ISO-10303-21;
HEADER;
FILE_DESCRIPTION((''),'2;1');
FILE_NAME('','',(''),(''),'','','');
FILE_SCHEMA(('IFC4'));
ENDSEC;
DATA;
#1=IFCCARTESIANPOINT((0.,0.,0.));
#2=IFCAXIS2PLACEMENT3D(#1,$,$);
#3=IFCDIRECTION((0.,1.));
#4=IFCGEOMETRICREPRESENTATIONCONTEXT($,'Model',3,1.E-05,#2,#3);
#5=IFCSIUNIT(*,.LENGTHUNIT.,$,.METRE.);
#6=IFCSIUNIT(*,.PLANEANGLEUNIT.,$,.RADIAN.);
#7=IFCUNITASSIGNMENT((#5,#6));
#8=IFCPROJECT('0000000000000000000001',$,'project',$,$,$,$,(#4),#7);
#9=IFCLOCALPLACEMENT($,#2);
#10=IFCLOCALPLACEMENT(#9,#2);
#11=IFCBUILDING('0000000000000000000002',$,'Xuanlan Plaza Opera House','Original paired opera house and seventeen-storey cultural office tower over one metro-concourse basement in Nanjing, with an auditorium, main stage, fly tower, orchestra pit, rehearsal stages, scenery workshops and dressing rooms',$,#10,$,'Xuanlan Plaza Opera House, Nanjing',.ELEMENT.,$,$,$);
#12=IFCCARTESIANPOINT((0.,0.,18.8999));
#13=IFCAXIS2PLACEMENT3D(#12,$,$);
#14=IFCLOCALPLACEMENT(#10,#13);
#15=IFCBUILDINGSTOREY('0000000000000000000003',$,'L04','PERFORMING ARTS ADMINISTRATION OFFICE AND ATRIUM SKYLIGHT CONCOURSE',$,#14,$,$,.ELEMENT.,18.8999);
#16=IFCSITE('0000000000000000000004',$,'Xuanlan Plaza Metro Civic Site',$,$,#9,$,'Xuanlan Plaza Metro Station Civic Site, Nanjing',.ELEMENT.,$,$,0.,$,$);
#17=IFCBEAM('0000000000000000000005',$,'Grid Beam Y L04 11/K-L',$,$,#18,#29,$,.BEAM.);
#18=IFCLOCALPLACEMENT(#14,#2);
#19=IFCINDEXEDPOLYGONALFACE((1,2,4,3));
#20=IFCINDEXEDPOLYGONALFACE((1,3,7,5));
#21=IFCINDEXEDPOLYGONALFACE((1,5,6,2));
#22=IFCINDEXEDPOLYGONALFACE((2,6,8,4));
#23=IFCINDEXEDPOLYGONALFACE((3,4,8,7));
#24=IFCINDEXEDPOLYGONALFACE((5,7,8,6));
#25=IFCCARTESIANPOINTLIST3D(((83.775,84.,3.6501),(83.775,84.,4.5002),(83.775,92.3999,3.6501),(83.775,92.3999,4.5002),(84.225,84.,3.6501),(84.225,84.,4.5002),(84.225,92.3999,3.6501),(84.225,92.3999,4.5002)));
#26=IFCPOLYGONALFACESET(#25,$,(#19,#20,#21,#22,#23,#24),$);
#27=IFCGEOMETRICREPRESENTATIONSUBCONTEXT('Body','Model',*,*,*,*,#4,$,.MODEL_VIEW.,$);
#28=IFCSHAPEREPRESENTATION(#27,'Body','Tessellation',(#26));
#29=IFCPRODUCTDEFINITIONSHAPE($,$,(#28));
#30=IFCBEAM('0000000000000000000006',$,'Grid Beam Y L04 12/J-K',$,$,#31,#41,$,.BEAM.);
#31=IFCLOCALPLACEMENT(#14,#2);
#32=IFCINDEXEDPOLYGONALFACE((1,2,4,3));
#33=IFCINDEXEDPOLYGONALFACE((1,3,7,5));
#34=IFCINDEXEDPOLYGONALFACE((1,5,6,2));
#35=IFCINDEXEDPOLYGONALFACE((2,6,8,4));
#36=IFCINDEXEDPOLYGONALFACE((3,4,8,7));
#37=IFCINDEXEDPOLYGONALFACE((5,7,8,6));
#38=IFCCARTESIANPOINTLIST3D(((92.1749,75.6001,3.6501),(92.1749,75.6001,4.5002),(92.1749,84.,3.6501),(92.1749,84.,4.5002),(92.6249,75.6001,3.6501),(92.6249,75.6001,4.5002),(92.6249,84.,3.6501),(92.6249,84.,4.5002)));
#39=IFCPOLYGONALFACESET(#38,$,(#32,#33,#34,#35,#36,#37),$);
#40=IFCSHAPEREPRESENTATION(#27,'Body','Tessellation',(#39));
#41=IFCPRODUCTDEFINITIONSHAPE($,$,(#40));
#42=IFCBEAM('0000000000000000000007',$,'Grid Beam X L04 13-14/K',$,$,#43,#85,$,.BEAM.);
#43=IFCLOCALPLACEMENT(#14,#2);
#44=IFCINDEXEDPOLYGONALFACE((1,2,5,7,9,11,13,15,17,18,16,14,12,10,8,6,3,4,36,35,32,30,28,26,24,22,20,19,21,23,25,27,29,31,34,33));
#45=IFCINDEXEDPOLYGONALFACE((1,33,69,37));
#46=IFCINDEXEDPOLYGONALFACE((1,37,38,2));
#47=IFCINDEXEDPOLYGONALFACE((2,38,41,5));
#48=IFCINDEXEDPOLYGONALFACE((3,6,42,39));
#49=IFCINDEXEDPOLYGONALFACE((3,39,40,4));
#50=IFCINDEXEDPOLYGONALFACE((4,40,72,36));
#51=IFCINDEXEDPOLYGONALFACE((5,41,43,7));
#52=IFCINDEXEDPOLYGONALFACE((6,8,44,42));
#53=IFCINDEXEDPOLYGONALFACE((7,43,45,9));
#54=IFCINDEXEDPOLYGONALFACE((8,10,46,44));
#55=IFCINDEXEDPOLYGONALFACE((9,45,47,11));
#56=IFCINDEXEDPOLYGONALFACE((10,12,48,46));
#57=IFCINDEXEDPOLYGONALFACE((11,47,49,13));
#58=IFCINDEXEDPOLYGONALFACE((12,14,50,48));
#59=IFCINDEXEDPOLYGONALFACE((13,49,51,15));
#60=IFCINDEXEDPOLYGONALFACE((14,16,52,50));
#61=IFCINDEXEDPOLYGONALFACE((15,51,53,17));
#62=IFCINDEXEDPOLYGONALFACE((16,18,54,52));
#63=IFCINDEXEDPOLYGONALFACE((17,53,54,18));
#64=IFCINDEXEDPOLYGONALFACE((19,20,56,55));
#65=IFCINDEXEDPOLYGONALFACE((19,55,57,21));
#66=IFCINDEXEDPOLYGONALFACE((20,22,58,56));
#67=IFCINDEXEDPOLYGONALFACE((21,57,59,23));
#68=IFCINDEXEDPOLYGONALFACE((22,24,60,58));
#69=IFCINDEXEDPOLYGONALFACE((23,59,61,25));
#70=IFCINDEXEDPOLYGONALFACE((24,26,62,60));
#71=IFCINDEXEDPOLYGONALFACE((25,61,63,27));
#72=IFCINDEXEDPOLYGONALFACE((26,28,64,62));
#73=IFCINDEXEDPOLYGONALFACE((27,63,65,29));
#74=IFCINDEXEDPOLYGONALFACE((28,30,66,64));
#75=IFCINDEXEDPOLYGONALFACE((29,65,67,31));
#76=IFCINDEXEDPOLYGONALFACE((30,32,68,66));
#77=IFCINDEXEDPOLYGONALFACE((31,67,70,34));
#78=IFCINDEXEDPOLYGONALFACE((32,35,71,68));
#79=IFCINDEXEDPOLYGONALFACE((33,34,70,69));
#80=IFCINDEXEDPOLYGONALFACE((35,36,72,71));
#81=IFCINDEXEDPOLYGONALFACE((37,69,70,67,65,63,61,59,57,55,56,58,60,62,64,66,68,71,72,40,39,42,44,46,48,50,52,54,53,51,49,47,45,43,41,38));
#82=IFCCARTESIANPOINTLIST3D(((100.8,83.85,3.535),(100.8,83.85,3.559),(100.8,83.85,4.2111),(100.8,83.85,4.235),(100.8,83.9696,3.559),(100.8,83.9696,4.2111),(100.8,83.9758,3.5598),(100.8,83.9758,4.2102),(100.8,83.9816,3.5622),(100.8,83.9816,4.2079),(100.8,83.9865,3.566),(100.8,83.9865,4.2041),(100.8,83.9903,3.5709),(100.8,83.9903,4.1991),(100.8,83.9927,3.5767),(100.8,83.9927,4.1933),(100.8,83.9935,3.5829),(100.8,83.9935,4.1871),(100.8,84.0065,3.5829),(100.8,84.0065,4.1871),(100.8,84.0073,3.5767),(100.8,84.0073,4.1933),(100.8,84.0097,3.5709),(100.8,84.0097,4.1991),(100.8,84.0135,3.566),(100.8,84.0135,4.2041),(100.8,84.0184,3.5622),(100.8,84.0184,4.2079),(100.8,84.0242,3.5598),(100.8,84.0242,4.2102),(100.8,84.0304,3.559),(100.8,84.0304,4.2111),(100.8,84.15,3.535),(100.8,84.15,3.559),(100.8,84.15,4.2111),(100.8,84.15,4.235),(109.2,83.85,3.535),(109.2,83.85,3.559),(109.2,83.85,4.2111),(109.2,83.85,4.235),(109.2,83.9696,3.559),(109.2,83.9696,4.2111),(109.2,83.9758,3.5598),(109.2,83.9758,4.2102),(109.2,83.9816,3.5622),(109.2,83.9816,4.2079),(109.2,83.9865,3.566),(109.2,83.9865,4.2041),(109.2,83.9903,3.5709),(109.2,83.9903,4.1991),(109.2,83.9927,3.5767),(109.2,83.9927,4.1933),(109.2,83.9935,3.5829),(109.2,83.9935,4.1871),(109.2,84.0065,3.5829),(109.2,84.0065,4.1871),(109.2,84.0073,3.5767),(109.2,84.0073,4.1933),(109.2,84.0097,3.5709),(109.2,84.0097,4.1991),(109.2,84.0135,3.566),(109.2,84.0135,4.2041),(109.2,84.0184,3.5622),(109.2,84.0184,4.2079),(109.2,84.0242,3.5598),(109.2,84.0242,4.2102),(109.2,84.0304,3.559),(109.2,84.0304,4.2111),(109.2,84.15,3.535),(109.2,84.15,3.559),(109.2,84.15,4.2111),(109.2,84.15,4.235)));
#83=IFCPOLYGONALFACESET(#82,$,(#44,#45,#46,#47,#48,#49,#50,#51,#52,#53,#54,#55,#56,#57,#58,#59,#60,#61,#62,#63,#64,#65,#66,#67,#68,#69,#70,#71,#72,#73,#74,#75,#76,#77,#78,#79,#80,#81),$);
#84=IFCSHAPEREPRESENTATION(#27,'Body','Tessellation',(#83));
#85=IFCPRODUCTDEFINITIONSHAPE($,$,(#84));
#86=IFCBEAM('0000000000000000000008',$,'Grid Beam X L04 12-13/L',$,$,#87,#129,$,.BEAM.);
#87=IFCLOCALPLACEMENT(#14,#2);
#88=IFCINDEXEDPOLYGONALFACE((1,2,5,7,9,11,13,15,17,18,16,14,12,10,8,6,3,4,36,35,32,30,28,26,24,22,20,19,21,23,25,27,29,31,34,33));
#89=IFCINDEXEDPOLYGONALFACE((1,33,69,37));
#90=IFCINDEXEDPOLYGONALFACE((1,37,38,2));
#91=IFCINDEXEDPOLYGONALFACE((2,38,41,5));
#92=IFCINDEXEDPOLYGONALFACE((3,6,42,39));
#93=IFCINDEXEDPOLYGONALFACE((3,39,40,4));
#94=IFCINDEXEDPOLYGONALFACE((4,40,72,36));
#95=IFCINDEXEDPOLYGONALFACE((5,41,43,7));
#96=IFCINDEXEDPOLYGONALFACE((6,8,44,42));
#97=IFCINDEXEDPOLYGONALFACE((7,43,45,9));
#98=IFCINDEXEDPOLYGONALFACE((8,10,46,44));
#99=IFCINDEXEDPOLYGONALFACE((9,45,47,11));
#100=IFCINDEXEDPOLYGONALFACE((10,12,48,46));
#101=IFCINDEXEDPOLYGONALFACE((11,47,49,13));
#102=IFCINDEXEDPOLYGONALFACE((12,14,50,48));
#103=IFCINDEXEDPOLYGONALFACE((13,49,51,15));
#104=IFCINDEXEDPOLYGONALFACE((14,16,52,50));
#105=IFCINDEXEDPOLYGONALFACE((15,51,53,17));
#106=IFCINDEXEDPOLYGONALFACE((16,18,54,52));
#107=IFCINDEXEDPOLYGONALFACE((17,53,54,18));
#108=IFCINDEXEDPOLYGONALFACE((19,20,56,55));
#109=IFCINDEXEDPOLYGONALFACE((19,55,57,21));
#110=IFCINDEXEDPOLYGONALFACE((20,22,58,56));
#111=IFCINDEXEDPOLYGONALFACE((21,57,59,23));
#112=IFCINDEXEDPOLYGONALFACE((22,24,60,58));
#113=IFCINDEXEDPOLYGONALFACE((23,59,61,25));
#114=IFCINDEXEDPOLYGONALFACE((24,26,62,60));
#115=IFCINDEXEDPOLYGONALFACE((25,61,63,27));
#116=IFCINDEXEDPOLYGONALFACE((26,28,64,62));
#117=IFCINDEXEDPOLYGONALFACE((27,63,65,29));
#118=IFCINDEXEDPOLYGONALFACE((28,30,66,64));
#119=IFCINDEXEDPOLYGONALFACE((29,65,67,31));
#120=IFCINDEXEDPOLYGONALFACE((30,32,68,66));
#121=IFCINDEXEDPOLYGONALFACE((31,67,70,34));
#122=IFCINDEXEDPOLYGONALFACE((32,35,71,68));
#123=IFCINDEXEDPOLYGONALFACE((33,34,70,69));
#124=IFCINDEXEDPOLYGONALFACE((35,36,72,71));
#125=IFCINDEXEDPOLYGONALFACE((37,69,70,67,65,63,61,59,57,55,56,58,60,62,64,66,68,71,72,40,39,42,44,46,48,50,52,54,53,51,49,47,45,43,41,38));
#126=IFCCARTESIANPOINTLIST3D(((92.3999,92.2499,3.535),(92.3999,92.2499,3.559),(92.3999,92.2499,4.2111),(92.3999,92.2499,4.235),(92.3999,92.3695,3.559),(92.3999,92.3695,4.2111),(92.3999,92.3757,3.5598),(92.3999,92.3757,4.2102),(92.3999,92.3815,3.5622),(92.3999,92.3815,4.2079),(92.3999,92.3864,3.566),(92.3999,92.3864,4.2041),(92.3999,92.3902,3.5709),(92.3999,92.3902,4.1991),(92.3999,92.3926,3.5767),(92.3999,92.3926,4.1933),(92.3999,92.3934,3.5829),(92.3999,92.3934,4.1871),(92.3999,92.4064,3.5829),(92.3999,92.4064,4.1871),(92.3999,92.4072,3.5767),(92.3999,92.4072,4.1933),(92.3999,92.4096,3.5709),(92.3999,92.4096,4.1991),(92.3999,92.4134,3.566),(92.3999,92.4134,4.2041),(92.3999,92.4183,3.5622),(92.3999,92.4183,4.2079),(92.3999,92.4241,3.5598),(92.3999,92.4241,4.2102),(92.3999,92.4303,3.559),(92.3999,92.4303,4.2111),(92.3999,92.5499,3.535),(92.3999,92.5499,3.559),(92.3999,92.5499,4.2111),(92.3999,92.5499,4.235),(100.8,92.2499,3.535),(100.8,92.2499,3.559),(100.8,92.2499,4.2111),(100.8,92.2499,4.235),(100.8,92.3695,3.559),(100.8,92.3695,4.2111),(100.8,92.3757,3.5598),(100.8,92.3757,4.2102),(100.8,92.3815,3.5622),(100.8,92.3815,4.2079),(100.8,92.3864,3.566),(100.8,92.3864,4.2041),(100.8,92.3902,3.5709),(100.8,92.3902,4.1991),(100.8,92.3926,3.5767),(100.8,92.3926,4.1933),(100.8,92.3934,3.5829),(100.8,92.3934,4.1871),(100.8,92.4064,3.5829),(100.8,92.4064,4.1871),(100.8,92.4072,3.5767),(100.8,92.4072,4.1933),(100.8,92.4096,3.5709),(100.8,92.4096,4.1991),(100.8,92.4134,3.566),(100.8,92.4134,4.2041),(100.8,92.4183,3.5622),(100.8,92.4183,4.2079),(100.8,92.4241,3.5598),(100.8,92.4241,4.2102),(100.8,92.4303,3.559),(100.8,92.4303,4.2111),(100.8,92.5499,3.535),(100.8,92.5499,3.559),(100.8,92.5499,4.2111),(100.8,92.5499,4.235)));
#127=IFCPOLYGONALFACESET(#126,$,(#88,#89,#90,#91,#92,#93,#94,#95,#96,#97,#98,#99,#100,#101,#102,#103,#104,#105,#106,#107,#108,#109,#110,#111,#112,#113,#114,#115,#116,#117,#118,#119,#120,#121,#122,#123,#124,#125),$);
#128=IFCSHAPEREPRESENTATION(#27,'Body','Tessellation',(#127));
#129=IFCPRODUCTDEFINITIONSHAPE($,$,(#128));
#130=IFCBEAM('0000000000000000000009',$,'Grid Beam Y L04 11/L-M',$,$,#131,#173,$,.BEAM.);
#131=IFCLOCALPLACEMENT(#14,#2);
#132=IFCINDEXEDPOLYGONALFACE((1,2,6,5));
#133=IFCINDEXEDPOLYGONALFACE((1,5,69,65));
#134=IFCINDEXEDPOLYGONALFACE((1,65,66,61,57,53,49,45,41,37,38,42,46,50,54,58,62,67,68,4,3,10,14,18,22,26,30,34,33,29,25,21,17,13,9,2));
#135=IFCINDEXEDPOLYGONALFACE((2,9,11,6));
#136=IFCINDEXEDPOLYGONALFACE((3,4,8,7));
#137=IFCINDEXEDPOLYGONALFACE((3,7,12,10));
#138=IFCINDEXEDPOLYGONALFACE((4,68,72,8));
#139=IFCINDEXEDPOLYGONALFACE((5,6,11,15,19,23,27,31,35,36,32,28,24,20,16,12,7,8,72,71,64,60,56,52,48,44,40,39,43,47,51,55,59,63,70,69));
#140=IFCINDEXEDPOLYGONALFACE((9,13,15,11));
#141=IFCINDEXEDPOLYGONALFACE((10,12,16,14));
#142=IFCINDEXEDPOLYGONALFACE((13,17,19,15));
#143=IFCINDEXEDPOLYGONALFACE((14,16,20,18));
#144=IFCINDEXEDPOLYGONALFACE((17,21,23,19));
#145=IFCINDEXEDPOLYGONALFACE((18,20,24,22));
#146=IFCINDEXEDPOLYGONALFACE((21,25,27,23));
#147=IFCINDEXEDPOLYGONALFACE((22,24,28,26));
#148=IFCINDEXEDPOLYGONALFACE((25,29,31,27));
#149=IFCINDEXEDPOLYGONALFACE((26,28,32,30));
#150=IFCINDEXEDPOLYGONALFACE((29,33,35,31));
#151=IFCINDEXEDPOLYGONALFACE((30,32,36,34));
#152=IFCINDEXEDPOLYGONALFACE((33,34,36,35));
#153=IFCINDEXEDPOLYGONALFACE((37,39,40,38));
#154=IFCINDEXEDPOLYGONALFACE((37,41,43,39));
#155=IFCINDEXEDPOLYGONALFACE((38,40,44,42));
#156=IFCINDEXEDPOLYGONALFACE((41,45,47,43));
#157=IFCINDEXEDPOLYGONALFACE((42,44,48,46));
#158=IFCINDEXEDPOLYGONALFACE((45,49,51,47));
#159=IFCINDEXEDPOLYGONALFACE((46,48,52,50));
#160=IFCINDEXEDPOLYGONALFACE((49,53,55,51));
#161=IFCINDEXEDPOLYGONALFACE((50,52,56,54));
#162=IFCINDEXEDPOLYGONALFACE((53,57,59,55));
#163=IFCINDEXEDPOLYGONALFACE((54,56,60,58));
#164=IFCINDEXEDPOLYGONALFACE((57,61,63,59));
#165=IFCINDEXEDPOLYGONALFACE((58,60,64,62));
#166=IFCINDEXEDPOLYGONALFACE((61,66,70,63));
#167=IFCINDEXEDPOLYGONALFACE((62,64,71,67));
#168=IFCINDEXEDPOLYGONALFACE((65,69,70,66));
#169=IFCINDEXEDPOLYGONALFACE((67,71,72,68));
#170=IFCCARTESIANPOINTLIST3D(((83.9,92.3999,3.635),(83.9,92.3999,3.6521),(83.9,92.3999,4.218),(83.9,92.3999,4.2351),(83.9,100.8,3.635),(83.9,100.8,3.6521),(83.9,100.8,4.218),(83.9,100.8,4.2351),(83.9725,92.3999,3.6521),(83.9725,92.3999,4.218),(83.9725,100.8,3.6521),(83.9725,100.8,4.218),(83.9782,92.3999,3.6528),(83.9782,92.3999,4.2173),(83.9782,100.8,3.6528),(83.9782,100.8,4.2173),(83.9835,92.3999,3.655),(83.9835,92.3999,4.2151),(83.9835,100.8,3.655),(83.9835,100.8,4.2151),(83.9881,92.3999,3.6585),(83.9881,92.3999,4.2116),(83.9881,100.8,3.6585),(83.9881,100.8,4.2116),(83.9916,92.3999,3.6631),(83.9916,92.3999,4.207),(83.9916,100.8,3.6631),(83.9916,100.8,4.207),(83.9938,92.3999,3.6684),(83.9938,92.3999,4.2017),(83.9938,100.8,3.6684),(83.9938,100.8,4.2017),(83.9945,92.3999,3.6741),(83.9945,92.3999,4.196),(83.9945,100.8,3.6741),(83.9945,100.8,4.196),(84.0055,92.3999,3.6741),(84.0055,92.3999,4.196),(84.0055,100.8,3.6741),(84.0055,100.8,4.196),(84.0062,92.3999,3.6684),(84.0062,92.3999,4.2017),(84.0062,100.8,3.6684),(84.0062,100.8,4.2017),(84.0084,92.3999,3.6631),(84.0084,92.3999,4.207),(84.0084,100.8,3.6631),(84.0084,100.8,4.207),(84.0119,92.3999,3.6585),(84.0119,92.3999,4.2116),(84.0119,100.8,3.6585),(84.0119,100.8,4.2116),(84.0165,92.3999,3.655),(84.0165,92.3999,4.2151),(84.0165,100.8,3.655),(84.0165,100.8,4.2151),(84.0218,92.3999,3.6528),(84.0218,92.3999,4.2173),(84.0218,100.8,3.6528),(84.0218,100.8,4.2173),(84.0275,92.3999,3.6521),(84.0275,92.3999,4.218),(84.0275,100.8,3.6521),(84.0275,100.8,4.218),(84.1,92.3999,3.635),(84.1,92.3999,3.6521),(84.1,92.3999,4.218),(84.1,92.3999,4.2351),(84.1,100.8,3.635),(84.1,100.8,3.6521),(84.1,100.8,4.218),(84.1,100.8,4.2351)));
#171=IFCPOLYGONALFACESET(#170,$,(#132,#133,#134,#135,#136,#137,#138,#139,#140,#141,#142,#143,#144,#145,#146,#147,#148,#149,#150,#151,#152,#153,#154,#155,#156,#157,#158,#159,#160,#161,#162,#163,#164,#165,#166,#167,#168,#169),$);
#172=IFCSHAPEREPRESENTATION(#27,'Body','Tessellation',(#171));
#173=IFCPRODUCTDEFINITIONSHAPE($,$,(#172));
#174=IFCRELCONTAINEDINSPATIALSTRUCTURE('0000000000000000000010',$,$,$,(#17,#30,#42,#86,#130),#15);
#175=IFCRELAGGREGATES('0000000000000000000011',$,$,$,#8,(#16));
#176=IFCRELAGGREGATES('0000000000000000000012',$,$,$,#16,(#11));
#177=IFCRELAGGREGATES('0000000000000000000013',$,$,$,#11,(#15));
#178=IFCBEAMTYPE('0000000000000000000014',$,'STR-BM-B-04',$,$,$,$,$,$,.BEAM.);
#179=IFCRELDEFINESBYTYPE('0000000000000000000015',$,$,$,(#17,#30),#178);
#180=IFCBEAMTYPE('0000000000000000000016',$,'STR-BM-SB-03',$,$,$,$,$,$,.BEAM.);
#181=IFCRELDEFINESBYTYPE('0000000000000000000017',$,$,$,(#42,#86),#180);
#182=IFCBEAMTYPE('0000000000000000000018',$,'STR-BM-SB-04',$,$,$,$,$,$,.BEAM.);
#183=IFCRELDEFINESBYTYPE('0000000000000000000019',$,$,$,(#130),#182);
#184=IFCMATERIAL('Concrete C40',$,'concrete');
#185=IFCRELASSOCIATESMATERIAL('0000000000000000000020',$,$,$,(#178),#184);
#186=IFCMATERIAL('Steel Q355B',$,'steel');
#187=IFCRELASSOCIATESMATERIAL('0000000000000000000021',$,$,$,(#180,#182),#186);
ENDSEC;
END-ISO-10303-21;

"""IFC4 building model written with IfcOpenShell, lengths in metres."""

from ifc_helpers import new_model, si_unit, direction, frame, origin, origin_2d, place, context, subcontext, project, spatial, rectangle, i_section, extrude, material, material_profile, profile_set, type_object, element, save


model = new_model("IFC4")

# Units and contexts
model_context = context("Model", 3, precision=1e-05, world=origin(), true_north=direction((0.0, 1.0)))
body_context = subcontext(model_context, "Body", "Model", "MODEL_VIEW")
ifc_project = project(units=[si_unit("LENGTHUNIT", "METRE"), si_unit("PLANEANGLEUNIT", "RADIAN")], contexts=[model_context])

# Site, building, storey
site_placement = place(None, origin())
site = spatial("IfcSite", under=ifc_project, at=site_placement, Name="Xuanlan Plaza Metro Civic Site", LongName="Xuanlan Plaza Metro Station Civic Site, Nanjing", CompositionType="ELEMENT", RefElevation=0.0)
building_placement = place(site_placement, origin())
building = spatial("IfcBuilding", under=site, at=building_placement, Name="Xuanlan Plaza Opera House", Description="Original paired opera house and seventeen-storey cultural office tower over one metro-concourse basement in Nanjing, with an auditorium, main stage, fly tower, orchestra pit, rehearsal stages, scenery workshops and dressing rooms", LongName="Xuanlan Plaza Opera House, Nanjing", CompositionType="ELEMENT")
storey_placement = place(building_placement, frame((0.0, 0.0, 18.8999)))
storey = spatial("IfcBuildingStorey", under=building, at=storey_placement, Name="L04", Description="PERFORMING ARTS ADMINISTRATION OFFICE AND ATRIUM SKYLIGHT CONCOURSE", CompositionType="ELEMENT", Elevation=18.8999)

# Shared definitions
ifc_material_1 = material(Name="Concrete C40", Category="concrete")

# Beams
ifc_material_profile_1 = material_profile(ifc_material_1, rectangle(XDim=0.45, YDim=0.8501, at=origin_2d()), Name="RC-BM 450x850")
ifc_profile_set_1 = profile_set([ifc_material_profile_1], Name="Concrete C40")
beam_type_1 = type_object("IfcBeamType", Name="STR-BM-B-04", PredefinedType="BEAM", material=ifc_profile_set_1)
for number, where, z_axis, x_axis, name in (
    (1, (84.0, 84.0, 4.0752), (0.0, 1.0, 0.0), (-1.0, 0.0, 0.0), "Grid Beam Y L04 11/K-L"),
    (2, (92.3999, 75.6001, 4.0752), (0.0, 1.0, 0.0), (-1.0, 0.0, 0.0), "Grid Beam Y L04 12/J-K"),
):
    element("IfcBeam", number, at=place(storey_placement, frame(where, z_axis=z_axis, x_axis=x_axis)), inside=storey, type_object=beam_type_1, Name=name, PredefinedType="BEAM", context=body_context, shape_type="SweptSolid", body=[
        extrude(rectangle(XDim=0.45, YDim=0.8501, at=origin_2d()), origin(), (0.0, 0.0, 1.0), 8.3999),
    ])
ifc_material_2 = material(Name="Steel Q355B", Category="steel")
ifc_material_profile_2 = material_profile(ifc_material_2, i_section(OverallWidth=0.3, OverallDepth=0.7, WebThickness=0.0129, FlangeThickness=0.0239, FilletRadius=0.0239, at=origin_2d()), Name="HN 700x300x13x24")
ifc_profile_set_2 = profile_set([ifc_material_profile_2], Name="Steel Q355B")
beam_type_2 = type_object("IfcBeamType", Name="STR-BM-SB-03", PredefinedType="BEAM", material=ifc_profile_set_2)
beam_1_placement = place(storey_placement, frame((100.8, 84.0, 3.885), z_axis=(1.0, 0.0, 0.0), x_axis=(0.0, 1.0, 0.0)))
element("IfcBeam", 3, at=beam_1_placement, inside=storey, type_object=beam_type_2, Name="Grid Beam X L04 13-14/K", PredefinedType="BEAM", context=body_context, shape_type="SweptSolid", body=[
    extrude(i_section(OverallWidth=0.3, OverallDepth=0.7, WebThickness=0.0129, FlangeThickness=0.0239, FilletRadius=0.0239, at=origin_2d()), origin(), (0.0, 0.0, 1.0), 8.3999),
])
beam_2_placement = place(storey_placement, frame((92.3999, 92.3999, 3.885), z_axis=(1.0, 0.0, 0.0), x_axis=(0.0, 1.0, 0.0)))
element("IfcBeam", 4, at=beam_2_placement, inside=storey, type_object=beam_type_2, Name="Grid Beam X L04 12-13/L", PredefinedType="BEAM", context=body_context, shape_type="SweptSolid", body=[
    extrude(i_section(OverallWidth=0.3, OverallDepth=0.7, WebThickness=0.0129, FlangeThickness=0.0239, FilletRadius=0.0239, at=origin_2d()), origin(), (0.0, 0.0, 1.0), 8.4001),
])
ifc_material_profile_3 = material_profile(ifc_material_2, i_section(OverallWidth=0.2, OverallDepth=0.6001, WebThickness=0.011, FlangeThickness=0.0171, FilletRadius=0.022, at=origin_2d()), Name="HN 600x200x11x17")
ifc_profile_set_3 = profile_set([ifc_material_profile_3], Name="Steel Q355B")
beam_type_3 = type_object("IfcBeamType", Name="STR-BM-SB-04", PredefinedType="BEAM", material=ifc_profile_set_3)
beam_3_placement = place(storey_placement, frame((84.0, 92.3999, 3.9351), z_axis=(0.0, 1.0, 0.0), x_axis=(-1.0, 0.0, 0.0)))
element("IfcBeam", 5, at=beam_3_placement, inside=storey, type_object=beam_type_3, Name="Grid Beam Y L04 11/L-M", PredefinedType="BEAM", context=body_context, shape_type="SweptSolid", body=[
    extrude(i_section(OverallWidth=0.2, OverallDepth=0.6001, WebThickness=0.011, FlangeThickness=0.0171, FilletRadius=0.022, at=origin_2d()), origin(), (0.0, 0.0, 1.0), 8.4001),
])

save(model, "model.ifc")
